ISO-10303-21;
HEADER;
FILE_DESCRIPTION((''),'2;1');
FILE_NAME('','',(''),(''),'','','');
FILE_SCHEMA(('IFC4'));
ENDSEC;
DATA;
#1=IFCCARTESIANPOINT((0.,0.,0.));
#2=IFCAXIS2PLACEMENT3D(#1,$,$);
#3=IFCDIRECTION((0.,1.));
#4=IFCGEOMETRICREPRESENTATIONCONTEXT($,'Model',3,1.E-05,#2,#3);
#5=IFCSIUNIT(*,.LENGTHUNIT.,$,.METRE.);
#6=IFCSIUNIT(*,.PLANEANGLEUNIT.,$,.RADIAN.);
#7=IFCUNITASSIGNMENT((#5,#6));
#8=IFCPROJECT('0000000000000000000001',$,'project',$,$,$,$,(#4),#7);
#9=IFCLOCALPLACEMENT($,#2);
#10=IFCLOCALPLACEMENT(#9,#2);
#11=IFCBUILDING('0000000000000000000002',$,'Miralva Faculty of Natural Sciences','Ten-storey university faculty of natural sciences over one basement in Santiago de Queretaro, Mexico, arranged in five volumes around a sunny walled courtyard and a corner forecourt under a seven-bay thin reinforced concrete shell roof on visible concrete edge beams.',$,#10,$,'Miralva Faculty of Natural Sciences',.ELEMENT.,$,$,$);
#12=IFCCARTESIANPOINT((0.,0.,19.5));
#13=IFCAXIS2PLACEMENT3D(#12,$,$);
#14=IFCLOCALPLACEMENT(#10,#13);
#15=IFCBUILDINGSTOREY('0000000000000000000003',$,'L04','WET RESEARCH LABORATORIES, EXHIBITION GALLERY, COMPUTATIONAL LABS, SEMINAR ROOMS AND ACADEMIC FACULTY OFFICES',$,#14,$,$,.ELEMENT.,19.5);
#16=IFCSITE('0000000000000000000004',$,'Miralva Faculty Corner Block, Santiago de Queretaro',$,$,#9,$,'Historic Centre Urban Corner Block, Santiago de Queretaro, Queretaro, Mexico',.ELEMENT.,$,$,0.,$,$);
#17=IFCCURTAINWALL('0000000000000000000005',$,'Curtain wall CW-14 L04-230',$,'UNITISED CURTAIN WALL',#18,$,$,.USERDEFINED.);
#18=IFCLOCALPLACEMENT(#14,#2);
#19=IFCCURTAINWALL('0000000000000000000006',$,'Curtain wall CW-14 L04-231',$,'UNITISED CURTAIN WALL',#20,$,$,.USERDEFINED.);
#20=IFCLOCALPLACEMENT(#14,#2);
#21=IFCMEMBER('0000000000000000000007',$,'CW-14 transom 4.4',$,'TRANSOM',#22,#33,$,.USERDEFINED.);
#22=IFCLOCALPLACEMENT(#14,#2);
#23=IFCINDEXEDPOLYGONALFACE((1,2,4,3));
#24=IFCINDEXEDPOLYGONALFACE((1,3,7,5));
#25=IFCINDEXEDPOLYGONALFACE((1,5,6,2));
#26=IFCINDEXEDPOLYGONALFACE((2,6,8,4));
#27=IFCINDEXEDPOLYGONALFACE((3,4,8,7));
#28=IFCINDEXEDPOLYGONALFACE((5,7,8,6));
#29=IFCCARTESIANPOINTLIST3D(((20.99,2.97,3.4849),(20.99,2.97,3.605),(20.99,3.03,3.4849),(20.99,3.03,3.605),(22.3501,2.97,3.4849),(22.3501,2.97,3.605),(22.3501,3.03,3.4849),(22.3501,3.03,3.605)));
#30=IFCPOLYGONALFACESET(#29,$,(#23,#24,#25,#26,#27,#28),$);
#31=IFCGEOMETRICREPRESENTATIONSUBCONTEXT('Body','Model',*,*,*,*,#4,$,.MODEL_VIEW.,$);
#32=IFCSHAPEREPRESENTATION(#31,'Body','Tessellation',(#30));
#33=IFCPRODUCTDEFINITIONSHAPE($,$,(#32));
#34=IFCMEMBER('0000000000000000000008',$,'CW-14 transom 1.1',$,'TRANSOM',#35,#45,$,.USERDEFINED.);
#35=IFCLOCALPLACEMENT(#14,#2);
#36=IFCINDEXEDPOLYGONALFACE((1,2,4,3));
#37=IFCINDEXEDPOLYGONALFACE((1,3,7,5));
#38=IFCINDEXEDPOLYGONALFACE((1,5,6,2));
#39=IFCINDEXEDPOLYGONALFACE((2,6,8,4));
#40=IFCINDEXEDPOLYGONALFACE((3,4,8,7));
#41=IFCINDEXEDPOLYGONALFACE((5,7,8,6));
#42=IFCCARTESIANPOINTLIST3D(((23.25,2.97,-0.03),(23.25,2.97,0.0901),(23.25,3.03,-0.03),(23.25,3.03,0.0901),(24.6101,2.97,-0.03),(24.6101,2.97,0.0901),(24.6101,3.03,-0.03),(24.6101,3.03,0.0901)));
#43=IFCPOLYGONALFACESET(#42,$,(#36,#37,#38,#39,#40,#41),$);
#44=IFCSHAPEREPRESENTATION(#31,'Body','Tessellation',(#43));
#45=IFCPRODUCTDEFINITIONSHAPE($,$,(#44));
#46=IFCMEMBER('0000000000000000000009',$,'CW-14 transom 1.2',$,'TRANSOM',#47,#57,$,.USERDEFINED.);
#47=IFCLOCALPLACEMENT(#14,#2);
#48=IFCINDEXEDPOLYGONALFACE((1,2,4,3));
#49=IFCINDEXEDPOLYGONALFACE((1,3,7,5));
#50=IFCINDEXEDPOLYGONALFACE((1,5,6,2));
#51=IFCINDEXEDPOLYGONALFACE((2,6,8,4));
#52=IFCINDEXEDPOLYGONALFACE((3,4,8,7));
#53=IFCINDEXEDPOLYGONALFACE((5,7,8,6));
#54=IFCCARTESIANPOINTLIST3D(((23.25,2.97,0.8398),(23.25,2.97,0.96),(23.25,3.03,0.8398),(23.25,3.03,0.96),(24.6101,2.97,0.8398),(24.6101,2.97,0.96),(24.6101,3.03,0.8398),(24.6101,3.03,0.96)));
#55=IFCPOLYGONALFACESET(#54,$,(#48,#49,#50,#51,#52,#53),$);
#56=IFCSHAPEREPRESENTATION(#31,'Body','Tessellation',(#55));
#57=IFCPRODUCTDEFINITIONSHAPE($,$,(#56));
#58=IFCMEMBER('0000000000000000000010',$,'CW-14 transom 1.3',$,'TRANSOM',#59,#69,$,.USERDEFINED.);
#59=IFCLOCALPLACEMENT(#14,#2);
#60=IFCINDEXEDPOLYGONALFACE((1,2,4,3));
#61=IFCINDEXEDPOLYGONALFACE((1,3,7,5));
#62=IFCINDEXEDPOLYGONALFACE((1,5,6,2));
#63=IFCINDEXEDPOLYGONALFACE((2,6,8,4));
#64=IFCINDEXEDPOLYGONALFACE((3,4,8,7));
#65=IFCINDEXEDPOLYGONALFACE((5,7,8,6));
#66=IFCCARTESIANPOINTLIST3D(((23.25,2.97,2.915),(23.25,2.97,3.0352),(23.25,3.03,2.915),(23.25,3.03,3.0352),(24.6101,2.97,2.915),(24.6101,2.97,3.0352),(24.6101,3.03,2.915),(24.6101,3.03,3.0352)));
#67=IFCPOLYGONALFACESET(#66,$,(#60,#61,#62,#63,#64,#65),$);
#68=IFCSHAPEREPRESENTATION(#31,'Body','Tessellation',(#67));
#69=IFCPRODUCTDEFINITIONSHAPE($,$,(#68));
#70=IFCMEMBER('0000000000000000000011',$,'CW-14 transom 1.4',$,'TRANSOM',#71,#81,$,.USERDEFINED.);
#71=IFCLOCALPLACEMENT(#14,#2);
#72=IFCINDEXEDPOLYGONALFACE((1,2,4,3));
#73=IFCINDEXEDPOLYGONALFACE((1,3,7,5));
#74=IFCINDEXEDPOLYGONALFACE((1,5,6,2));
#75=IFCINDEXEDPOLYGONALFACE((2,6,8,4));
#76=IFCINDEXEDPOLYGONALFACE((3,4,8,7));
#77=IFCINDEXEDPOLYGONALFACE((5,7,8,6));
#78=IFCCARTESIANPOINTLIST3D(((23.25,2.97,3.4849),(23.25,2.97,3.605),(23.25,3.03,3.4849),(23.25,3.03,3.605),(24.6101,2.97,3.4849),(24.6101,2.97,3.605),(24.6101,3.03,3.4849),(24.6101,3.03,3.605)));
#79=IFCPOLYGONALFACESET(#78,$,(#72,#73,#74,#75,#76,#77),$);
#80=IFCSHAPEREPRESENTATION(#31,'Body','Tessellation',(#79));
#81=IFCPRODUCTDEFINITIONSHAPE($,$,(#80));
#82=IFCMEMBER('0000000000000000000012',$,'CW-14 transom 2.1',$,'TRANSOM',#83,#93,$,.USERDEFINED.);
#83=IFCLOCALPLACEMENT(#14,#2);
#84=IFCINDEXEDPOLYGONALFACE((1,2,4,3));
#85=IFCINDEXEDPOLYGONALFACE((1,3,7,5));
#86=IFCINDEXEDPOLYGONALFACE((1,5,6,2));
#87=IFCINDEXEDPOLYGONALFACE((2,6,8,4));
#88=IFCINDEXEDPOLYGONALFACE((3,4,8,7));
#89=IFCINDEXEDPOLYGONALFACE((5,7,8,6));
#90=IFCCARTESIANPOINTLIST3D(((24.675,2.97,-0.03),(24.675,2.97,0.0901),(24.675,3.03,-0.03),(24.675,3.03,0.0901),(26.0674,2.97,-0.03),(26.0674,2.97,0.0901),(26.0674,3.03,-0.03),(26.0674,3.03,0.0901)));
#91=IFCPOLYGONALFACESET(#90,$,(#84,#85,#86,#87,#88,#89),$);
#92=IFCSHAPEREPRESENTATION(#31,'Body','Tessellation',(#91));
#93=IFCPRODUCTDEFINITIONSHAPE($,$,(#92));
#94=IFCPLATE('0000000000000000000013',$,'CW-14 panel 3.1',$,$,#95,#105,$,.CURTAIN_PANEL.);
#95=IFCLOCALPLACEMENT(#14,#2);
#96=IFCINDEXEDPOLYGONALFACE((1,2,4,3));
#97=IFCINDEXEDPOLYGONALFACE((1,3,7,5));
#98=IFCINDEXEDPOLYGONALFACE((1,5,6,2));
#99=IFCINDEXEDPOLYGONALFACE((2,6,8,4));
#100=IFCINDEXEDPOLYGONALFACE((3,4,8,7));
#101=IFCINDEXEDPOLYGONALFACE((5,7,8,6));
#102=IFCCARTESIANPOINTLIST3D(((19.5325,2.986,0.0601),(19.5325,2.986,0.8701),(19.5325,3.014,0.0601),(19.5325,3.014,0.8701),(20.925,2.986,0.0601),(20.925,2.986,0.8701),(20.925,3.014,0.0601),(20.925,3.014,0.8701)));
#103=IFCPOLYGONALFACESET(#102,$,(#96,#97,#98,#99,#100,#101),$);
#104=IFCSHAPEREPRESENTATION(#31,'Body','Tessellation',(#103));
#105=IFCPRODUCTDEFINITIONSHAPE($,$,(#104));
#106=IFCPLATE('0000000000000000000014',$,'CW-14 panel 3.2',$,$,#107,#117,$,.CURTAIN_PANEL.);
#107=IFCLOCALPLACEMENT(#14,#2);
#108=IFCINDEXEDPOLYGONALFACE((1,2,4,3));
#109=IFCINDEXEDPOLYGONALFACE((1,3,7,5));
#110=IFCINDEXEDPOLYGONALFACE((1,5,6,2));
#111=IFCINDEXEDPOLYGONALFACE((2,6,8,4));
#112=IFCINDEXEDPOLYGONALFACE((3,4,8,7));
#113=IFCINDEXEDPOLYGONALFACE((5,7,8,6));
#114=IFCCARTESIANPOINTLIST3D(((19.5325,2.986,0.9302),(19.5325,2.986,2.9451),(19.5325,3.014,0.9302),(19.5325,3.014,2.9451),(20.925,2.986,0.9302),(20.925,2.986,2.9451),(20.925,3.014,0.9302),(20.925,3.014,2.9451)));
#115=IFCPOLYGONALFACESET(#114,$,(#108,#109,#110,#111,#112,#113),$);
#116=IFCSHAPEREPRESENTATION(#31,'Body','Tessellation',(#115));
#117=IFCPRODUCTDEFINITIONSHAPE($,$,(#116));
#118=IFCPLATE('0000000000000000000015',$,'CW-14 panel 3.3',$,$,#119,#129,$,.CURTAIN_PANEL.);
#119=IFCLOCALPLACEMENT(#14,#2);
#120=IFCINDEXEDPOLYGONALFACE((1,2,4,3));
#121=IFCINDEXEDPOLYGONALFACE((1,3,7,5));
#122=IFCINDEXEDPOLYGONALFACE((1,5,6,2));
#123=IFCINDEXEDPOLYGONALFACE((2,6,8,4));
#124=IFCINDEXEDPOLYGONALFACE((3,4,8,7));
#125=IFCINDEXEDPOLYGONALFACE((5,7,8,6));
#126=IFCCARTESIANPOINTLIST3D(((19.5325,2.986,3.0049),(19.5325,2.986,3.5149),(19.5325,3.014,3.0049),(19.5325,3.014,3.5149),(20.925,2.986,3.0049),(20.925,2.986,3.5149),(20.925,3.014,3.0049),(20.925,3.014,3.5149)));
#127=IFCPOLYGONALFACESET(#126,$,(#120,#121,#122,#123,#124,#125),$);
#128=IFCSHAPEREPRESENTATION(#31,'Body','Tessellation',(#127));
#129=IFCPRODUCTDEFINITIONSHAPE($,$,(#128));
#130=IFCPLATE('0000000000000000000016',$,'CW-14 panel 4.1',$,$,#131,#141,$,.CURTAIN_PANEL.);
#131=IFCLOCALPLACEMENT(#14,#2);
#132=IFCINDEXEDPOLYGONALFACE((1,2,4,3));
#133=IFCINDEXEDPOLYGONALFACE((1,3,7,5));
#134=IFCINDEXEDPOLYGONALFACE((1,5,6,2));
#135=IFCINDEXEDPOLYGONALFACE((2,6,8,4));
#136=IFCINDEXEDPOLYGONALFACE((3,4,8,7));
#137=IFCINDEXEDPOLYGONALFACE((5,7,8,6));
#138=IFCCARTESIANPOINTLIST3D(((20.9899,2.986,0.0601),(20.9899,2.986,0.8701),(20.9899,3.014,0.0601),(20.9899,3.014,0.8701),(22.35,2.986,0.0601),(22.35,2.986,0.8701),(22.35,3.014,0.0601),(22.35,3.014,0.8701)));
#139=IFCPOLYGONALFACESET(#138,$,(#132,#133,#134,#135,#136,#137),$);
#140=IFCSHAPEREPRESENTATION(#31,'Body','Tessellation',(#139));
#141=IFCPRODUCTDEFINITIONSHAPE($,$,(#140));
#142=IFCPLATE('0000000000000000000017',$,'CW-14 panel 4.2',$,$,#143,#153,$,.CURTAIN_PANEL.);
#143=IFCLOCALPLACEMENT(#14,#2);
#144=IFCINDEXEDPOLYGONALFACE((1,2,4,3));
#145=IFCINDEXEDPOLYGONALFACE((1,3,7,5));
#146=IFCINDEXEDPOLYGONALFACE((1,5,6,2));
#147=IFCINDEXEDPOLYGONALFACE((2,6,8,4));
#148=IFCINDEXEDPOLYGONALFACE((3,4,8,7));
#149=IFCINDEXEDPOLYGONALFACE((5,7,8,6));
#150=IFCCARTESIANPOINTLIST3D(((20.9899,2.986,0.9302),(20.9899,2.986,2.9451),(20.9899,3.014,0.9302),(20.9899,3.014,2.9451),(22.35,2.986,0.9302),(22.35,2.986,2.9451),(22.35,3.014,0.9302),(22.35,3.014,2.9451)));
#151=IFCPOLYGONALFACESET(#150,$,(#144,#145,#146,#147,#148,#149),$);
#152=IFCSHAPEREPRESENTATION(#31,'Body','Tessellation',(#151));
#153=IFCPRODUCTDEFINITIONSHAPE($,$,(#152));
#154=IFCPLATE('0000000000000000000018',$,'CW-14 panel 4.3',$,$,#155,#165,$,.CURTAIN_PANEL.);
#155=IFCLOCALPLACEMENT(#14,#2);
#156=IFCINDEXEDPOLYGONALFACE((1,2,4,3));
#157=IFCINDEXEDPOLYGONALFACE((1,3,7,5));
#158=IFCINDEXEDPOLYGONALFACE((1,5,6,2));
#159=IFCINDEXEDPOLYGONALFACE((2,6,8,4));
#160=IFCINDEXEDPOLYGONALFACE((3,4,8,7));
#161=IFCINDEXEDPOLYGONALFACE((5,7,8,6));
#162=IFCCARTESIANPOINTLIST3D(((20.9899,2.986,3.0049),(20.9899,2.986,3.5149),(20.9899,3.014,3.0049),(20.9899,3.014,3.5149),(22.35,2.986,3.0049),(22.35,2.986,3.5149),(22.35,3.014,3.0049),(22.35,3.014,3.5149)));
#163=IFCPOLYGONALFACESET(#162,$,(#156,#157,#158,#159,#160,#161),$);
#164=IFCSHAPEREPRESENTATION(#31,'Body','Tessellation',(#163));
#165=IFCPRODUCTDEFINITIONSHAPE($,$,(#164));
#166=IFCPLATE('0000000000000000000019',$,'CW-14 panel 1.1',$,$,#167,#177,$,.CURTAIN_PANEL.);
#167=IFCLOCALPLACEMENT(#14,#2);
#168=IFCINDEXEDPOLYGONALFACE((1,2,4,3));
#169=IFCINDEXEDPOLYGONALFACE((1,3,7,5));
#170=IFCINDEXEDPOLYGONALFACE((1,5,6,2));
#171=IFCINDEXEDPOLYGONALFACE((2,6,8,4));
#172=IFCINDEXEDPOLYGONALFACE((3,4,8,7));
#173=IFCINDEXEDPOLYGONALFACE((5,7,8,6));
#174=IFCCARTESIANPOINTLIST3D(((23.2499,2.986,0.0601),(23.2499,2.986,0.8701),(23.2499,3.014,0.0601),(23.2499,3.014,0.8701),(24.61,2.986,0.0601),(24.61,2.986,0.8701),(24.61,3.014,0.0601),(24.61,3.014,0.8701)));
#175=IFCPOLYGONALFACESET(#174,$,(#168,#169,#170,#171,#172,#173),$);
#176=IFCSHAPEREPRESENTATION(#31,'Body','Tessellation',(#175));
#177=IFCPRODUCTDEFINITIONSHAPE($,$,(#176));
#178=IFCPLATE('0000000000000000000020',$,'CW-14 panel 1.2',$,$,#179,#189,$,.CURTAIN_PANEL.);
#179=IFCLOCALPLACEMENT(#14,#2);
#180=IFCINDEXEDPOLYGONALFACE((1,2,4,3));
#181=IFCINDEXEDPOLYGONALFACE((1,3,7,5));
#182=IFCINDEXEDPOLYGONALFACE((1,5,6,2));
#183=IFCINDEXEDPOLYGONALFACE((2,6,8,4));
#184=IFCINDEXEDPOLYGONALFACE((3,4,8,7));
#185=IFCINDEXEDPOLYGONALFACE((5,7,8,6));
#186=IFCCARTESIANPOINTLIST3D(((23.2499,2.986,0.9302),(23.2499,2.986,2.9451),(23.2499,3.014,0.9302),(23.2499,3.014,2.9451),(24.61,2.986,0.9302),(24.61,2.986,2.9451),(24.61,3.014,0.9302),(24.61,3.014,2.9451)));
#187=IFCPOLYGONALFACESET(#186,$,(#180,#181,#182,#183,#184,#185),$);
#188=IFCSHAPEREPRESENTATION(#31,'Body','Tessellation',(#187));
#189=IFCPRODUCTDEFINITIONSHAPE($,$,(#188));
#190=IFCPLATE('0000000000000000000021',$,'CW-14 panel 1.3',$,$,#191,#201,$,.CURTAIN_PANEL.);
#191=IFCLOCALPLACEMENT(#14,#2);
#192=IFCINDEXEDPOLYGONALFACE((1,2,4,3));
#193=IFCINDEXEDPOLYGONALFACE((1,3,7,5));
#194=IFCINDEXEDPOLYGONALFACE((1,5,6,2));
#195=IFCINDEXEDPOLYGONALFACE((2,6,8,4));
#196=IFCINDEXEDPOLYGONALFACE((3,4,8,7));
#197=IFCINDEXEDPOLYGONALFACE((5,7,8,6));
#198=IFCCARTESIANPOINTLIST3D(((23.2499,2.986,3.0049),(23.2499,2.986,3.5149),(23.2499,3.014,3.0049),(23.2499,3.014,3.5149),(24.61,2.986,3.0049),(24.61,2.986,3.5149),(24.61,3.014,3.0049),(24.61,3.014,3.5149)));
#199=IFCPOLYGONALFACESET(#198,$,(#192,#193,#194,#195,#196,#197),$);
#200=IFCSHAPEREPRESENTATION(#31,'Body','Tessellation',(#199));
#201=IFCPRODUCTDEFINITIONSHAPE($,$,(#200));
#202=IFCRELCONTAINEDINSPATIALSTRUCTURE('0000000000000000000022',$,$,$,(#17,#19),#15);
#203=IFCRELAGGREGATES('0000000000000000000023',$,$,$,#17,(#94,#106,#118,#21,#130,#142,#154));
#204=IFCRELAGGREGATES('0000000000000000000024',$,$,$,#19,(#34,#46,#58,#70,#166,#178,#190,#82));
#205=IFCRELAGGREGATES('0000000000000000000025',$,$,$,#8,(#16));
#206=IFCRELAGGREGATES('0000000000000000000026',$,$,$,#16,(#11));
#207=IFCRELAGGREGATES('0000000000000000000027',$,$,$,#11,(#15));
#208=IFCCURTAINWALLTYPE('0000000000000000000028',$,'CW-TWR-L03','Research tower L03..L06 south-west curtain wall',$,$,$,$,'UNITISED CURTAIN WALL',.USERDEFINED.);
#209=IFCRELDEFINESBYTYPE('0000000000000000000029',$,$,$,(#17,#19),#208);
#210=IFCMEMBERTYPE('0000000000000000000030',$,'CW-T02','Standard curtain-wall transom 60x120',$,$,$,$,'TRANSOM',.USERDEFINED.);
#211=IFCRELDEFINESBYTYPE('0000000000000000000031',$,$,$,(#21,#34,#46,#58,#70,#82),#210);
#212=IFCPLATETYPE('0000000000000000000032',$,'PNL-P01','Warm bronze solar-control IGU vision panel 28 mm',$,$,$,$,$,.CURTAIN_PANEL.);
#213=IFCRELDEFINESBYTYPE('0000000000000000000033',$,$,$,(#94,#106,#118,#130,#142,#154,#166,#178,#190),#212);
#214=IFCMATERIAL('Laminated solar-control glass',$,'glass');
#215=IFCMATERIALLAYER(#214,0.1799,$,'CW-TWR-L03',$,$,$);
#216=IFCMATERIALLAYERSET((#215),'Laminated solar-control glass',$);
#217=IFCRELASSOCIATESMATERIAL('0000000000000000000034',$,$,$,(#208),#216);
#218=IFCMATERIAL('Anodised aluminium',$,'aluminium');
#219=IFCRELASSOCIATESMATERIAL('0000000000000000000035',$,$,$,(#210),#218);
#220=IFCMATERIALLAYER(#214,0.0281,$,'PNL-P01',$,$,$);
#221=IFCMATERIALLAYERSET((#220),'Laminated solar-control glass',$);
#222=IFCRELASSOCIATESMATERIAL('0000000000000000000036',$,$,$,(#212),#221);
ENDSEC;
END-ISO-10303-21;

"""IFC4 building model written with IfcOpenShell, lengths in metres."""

from ifc_helpers import new_model, si_unit, direction, frame, origin, origin_2d, place, context, subcontext, project, spatial, rectangle, extrude, material, layer, layer_set, material_profile, profile_set, type_object, element, aggregate, save


model = new_model("IFC4")

# Units and contexts
model_context = context("Model", 3, precision=1e-05, world=origin(), true_north=direction((0.0, 1.0)))
body_context = subcontext(model_context, "Body", "Model", "MODEL_VIEW")
ifc_project = project(units=[si_unit("LENGTHUNIT", "METRE"), si_unit("PLANEANGLEUNIT", "RADIAN")], contexts=[model_context])

# Site, building, storey
site_placement = place(None, origin())
site = spatial("IfcSite", under=ifc_project, at=site_placement, Name="Miralva Faculty Corner Block, Santiago de Queretaro", LongName="Historic Centre Urban Corner Block, Santiago de Queretaro, Queretaro, Mexico", CompositionType="ELEMENT", RefElevation=0.0)
building_placement = place(site_placement, origin())
building = spatial("IfcBuilding", under=site, at=building_placement, Name="Miralva Faculty of Natural Sciences", Description="Ten-storey university faculty of natural sciences over one basement in Santiago de Queretaro, Mexico, arranged in five volumes around a sunny walled courtyard and a corner forecourt under a seven-bay thin reinforced concrete shell roof on visible concrete edge beams.", LongName="Miralva Faculty of Natural Sciences", CompositionType="ELEMENT")
storey_placement = place(building_placement, frame((0.0, 0.0, 19.5)))
storey = spatial("IfcBuildingStorey", under=building, at=storey_placement, Name="L04", Description="WET RESEARCH LABORATORIES, EXHIBITION GALLERY, COMPUTATIONAL LABS, SEMINAR ROOMS AND ACADEMIC FACULTY OFFICES", CompositionType="ELEMENT", Elevation=19.5)

# Curtain walls
ifc_material_1 = material(Name="Laminated solar-control glass", Category="glass")
ifc_layer_1 = layer(ifc_material_1, 0.1799, Name="CW-TWR-L03")
ifc_layer_set_1 = layer_set([ifc_layer_1], Name="Laminated solar-control glass")
curtain_wall_type = type_object("IfcCurtainWallType", Name="CW-TWR-L03", Description="Research tower L03..L06 south-west curtain wall", ElementType="UNITISED CURTAIN WALL", PredefinedType="USERDEFINED", material=ifc_layer_set_1)
curtain_wall_1_placement = place(storey_placement, origin())
curtain_wall_1 = element("IfcCurtainWall", 1, at=curtain_wall_1_placement, inside=storey, type_object=curtain_wall_type, Name="Curtain wall CW-14 L04-230", ObjectType="UNITISED CURTAIN WALL", PredefinedType="USERDEFINED")
ifc_material_2 = material(Name="Anodised aluminium", Category="aluminium")
curtain_wall_2_placement = place(storey_placement, origin())
curtain_wall_2 = element("IfcCurtainWall", 2, at=curtain_wall_2_placement, inside=storey, type_object=curtain_wall_type, Name="Curtain wall CW-14 L04-231", ObjectType="UNITISED CURTAIN WALL", PredefinedType="USERDEFINED")

# Members
ifc_material_profile_1 = material_profile(ifc_material_2, rectangle(XDim=0.0601, YDim=0.1201, at=origin_2d()), Name="TRANSOM 60x120")
ifc_profile_set_1 = profile_set([ifc_material_profile_1], Name="Anodised aluminium")
member_type_1 = type_object("IfcMemberType", Name="CW-T02", Description="Standard curtain-wall transom 60x120", ElementType="TRANSOM", PredefinedType="USERDEFINED", material=ifc_profile_set_1)
member_1_placement = place(storey_placement, frame((20.99, 3.0, 3.5449), z_axis=(1.0, 0.0, 0.0), x_axis=(0.0, 1.0, 0.0)))
member_1 = element("IfcMember", 3, at=member_1_placement, type_object=member_type_1, Name="CW-14 transom 4.4", ObjectType="TRANSOM", PredefinedType="USERDEFINED", context=body_context, shape_type="SweptSolid", body=[
    extrude(rectangle(XDim=0.0601, YDim=0.1201, at=origin_2d()), origin(), (0.0, 0.0, 1.0), 1.3601),
])
member_2_placement = place(storey_placement, frame((23.25, 3.0, 0.03), z_axis=(1.0, 0.0, 0.0), x_axis=(0.0, 1.0, 0.0)))
member_2 = element("IfcMember", 4, at=member_2_placement, type_object=member_type_1, Name="CW-14 transom 1.1", ObjectType="TRANSOM", PredefinedType="USERDEFINED", context=body_context, shape_type="SweptSolid", body=[
    extrude(rectangle(XDim=0.0601, YDim=0.1201, at=origin_2d()), origin(), (0.0, 0.0, 1.0), 1.3601),
])
member_3_placement = place(storey_placement, frame((23.25, 3.0, 0.8999), z_axis=(1.0, 0.0, 0.0), x_axis=(0.0, 1.0, 0.0)))
member_3 = element("IfcMember", 5, at=member_3_placement, type_object=member_type_1, Name="CW-14 transom 1.2", ObjectType="TRANSOM", PredefinedType="USERDEFINED", context=body_context, shape_type="SweptSolid", body=[
    extrude(rectangle(XDim=0.0601, YDim=0.1201, at=origin_2d()), origin(), (0.0, 0.0, 1.0), 1.3601),
])
member_4_placement = place(storey_placement, frame((23.25, 3.0, 2.9751), z_axis=(1.0, 0.0, 0.0), x_axis=(0.0, 1.0, 0.0)))
member_4 = element("IfcMember", 6, at=member_4_placement, type_object=member_type_1, Name="CW-14 transom 1.3", ObjectType="TRANSOM", PredefinedType="USERDEFINED", context=body_context, shape_type="SweptSolid", body=[
    extrude(rectangle(XDim=0.0601, YDim=0.1201, at=origin_2d()), origin(), (0.0, 0.0, 1.0), 1.3601),
])
member_5_placement = place(storey_placement, frame((23.25, 3.0, 3.5449), z_axis=(1.0, 0.0, 0.0), x_axis=(0.0, 1.0, 0.0)))
member_5 = element("IfcMember", 7, at=member_5_placement, type_object=member_type_1, Name="CW-14 transom 1.4", ObjectType="TRANSOM", PredefinedType="USERDEFINED", context=body_context, shape_type="SweptSolid", body=[
    extrude(rectangle(XDim=0.0601, YDim=0.1201, at=origin_2d()), origin(), (0.0, 0.0, 1.0), 1.3601),
])
member_6_placement = place(storey_placement, frame((24.675, 3.0, 0.03), z_axis=(1.0, 0.0, 0.0), x_axis=(0.0, 1.0, 0.0)))
member_6 = element("IfcMember", 8, at=member_6_placement, type_object=member_type_1, Name="CW-14 transom 2.1", ObjectType="TRANSOM", PredefinedType="USERDEFINED", context=body_context, shape_type="SweptSolid", body=[
    extrude(rectangle(XDim=0.0601, YDim=0.1201, at=origin_2d()), origin(), (0.0, 0.0, 1.0), 1.3923),
])

# Plates
ifc_layer_2 = layer(ifc_material_1, 0.0281, Name="PNL-P01")
ifc_layer_set_2 = layer_set([ifc_layer_2], Name="Laminated solar-control glass")
plate_type = type_object("IfcPlateType", Name="PNL-P01", Description="Warm bronze solar-control IGU vision panel 28 mm", PredefinedType="CURTAIN_PANEL", material=ifc_layer_set_2)
plate_1_placement = place(storey_placement, frame((20.2288, 3.0, 0.0601), z_axis=(0.0, 0.0, 1.0), x_axis=(1.0, 0.0, 0.0)))
plate_1 = element("IfcPlate", 9, at=plate_1_placement, type_object=plate_type, Name="CW-14 panel 3.1", PredefinedType="CURTAIN_PANEL", context=body_context, shape_type="SweptSolid", body=[
    extrude(rectangle(XDim=1.3926, YDim=0.0281, at=origin_2d()), origin(), (0.0, 0.0, 1.0), 0.8101),
])
plate_2_placement = place(storey_placement, frame((20.2288, 3.0, 0.9302), z_axis=(0.0, 0.0, 1.0), x_axis=(1.0, 0.0, 0.0)))
plate_2 = element("IfcPlate", 10, at=plate_2_placement, type_object=plate_type, Name="CW-14 panel 3.2", PredefinedType="CURTAIN_PANEL", context=body_context, shape_type="SweptSolid", body=[
    extrude(rectangle(XDim=1.3926, YDim=0.0281, at=origin_2d()), origin(), (0.0, 0.0, 1.0), 2.0149),
])
plate_3_placement = place(storey_placement, frame((20.2288, 3.0, 3.0049), z_axis=(0.0, 0.0, 1.0), x_axis=(1.0, 0.0, 0.0)))
plate_3 = element("IfcPlate", 11, at=plate_3_placement, type_object=plate_type, Name="CW-14 panel 3.3", PredefinedType="CURTAIN_PANEL", context=body_context, shape_type="SweptSolid", body=[
    extrude(rectangle(XDim=1.3926, YDim=0.0281, at=origin_2d()), origin(), (0.0, 0.0, 1.0), 0.51),
])
plate_4_placement = place(storey_placement, frame((21.6699, 3.0, 0.0601), z_axis=(0.0, 0.0, 1.0), x_axis=(1.0, 0.0, 0.0)))
plate_4 = element("IfcPlate", 12, at=plate_4_placement, type_object=plate_type, Name="CW-14 panel 4.1", PredefinedType="CURTAIN_PANEL", context=body_context, shape_type="SweptSolid", body=[
    extrude(rectangle(XDim=1.3601, YDim=0.0281, at=origin_2d()), origin(), (0.0, 0.0, 1.0), 0.8101),
])
plate_5_placement = place(storey_placement, frame((21.6699, 3.0, 0.9302), z_axis=(0.0, 0.0, 1.0), x_axis=(1.0, 0.0, 0.0)))
plate_5 = element("IfcPlate", 13, at=plate_5_placement, type_object=plate_type, Name="CW-14 panel 4.2", PredefinedType="CURTAIN_PANEL", context=body_context, shape_type="SweptSolid", body=[
    extrude(rectangle(XDim=1.3601, YDim=0.0281, at=origin_2d()), origin(), (0.0, 0.0, 1.0), 2.0149),
])
plate_6_placement = place(storey_placement, frame((21.6699, 3.0, 3.0049), z_axis=(0.0, 0.0, 1.0), x_axis=(1.0, 0.0, 0.0)))
plate_6 = element("IfcPlate", 14, at=plate_6_placement, type_object=plate_type, Name="CW-14 panel 4.3", PredefinedType="CURTAIN_PANEL", context=body_context, shape_type="SweptSolid", body=[
    extrude(rectangle(XDim=1.3601, YDim=0.0281, at=origin_2d()), origin(), (0.0, 0.0, 1.0), 0.51),
])
aggregate(curtain_wall_1, [plate_1, plate_2, plate_3, member_1, plate_4, plate_5, plate_6])
plate_7_placement = place(storey_placement, frame((23.9299, 3.0, 0.0601), z_axis=(0.0, 0.0, 1.0), x_axis=(1.0, 0.0, 0.0)))
plate_7 = element("IfcPlate", 15, at=plate_7_placement, type_object=plate_type, Name="CW-14 panel 1.1", PredefinedType="CURTAIN_PANEL", context=body_context, shape_type="SweptSolid", body=[
    extrude(rectangle(XDim=1.3601, YDim=0.0281, at=origin_2d()), origin(), (0.0, 0.0, 1.0), 0.8101),
])
plate_8_placement = place(storey_placement, frame((23.9299, 3.0, 0.9302), z_axis=(0.0, 0.0, 1.0), x_axis=(1.0, 0.0, 0.0)))
plate_8 = element("IfcPlate", 16, at=plate_8_placement, type_object=plate_type, Name="CW-14 panel 1.2", PredefinedType="CURTAIN_PANEL", context=body_context, shape_type="SweptSolid", body=[
    extrude(rectangle(XDim=1.3601, YDim=0.0281, at=origin_2d()), origin(), (0.0, 0.0, 1.0), 2.0149),
])
plate_9_placement = place(storey_placement, frame((23.9299, 3.0, 3.0049), z_axis=(0.0, 0.0, 1.0), x_axis=(1.0, 0.0, 0.0)))
plate_9 = element("IfcPlate", 17, at=plate_9_placement, type_object=plate_type, Name="CW-14 panel 1.3", PredefinedType="CURTAIN_PANEL", context=body_context, shape_type="SweptSolid", body=[
    extrude(rectangle(XDim=1.3601, YDim=0.0281, at=origin_2d()), origin(), (0.0, 0.0, 1.0), 0.51),
])
aggregate(curtain_wall_2, [member_2, member_3, member_4, member_5, plate_7, plate_8, plate_9, member_6])

save(model, "model.ifc")
